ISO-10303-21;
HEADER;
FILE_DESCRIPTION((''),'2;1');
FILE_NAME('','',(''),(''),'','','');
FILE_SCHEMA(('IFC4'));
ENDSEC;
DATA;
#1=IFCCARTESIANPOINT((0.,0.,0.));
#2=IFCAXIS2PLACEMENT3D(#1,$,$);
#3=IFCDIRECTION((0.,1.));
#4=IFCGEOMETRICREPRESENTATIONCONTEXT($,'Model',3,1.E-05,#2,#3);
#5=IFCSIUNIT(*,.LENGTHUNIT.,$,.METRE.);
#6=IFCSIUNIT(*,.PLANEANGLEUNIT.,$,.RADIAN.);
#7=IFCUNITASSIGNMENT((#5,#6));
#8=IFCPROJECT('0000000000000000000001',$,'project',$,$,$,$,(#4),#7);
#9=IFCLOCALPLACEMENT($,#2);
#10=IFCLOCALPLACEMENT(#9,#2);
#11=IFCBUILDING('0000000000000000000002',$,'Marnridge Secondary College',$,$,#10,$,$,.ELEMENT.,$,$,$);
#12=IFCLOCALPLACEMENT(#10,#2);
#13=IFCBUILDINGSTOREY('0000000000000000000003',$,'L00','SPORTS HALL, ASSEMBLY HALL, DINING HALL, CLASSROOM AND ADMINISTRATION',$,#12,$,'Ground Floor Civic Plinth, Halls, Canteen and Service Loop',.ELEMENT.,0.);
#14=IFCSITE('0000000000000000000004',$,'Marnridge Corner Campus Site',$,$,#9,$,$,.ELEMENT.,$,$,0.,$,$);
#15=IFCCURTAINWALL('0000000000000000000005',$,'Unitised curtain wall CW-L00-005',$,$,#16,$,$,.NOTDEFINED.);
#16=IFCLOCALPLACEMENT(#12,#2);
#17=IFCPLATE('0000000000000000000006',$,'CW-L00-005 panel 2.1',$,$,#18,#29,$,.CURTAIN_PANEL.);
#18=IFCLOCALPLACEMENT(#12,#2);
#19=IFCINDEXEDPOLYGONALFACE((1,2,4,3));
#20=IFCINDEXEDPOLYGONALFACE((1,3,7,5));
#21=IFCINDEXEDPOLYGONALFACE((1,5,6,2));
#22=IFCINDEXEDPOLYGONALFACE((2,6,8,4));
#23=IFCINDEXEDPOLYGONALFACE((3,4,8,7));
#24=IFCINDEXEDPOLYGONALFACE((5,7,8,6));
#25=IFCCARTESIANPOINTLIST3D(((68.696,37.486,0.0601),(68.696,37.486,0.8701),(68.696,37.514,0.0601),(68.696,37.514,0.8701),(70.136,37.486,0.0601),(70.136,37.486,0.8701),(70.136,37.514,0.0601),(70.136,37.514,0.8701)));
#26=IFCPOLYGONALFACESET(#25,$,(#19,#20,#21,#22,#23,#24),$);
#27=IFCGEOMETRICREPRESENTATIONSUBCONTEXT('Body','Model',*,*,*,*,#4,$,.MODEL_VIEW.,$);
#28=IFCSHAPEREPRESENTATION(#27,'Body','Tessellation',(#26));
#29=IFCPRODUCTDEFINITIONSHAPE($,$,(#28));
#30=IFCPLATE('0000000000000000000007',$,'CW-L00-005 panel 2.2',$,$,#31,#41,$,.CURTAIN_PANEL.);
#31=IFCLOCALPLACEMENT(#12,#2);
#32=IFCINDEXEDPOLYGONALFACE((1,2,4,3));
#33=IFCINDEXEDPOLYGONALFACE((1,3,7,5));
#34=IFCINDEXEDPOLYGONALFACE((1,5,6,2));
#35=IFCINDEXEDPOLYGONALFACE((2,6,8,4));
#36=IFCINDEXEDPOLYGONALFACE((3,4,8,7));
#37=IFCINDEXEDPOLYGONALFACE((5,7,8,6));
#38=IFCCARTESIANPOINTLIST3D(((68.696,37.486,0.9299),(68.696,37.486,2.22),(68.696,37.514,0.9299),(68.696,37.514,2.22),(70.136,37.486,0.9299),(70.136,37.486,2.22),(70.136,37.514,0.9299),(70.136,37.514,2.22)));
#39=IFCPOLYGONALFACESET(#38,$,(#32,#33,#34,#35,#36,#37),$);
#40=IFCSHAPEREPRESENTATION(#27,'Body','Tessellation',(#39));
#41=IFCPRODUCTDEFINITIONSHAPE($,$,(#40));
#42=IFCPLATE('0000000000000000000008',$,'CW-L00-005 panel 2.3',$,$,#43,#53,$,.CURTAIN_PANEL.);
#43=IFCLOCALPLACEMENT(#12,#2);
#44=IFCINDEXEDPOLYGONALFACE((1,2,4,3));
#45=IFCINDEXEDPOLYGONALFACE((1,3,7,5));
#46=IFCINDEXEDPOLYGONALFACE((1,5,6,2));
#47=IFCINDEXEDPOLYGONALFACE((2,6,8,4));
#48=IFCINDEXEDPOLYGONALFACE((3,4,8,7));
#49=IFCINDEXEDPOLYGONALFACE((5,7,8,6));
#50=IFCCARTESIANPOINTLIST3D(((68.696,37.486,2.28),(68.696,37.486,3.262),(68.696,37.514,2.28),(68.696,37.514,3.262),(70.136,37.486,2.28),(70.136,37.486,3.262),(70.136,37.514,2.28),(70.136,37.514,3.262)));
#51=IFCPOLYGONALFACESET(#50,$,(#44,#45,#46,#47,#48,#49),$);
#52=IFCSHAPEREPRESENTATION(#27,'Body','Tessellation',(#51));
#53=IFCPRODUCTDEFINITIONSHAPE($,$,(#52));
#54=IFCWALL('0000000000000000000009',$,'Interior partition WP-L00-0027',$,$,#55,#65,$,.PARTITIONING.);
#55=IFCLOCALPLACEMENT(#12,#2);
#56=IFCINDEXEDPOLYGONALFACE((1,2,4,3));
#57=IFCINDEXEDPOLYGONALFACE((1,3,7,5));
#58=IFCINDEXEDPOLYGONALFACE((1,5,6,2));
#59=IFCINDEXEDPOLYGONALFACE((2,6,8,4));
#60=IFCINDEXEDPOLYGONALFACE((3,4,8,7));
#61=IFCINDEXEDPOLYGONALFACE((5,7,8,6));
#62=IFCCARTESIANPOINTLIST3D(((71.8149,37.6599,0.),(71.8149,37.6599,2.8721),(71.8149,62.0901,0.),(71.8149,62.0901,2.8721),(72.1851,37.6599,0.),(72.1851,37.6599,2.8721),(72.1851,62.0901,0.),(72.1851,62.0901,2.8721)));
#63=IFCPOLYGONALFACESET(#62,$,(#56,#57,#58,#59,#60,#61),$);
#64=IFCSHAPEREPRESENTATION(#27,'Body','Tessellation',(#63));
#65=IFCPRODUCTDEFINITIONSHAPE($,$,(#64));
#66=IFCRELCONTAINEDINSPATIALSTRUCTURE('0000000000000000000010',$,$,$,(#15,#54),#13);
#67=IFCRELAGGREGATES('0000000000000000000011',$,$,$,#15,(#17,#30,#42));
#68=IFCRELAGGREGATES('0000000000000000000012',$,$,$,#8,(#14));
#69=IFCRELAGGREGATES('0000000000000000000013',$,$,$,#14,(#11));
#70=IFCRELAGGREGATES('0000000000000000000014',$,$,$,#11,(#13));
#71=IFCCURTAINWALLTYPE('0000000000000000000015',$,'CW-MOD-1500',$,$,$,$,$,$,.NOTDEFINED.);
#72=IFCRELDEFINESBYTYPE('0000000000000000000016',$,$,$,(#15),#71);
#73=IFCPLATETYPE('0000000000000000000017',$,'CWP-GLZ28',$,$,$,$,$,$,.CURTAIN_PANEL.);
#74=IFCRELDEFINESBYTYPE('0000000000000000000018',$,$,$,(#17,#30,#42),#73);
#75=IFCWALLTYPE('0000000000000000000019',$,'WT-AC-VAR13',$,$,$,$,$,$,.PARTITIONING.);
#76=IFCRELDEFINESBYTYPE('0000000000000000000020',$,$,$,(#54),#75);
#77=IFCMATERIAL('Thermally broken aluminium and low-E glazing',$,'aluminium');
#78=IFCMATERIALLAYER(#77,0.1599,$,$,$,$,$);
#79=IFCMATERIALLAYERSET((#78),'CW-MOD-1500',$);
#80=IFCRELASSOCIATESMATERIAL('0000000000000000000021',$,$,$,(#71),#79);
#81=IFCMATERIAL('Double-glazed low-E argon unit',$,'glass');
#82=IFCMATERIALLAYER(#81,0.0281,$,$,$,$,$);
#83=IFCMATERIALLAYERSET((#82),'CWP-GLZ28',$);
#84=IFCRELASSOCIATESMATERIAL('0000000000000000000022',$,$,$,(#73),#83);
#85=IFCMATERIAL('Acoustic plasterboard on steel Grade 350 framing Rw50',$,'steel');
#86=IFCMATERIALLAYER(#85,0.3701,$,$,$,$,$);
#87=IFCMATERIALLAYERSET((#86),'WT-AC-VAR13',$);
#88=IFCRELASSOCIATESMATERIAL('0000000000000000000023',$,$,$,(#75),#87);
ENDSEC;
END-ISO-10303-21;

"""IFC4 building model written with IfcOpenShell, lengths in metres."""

from ifc_helpers import new_model, si_unit, direction, frame, frame_2d, origin, origin_2d, place, context, subcontext, project, spatial, rectangle, extrude, material, layer, layer_set, type_object, element, aggregate, save


model = new_model("IFC4")

# Units and contexts
model_context = context("Model", 3, precision=1e-05, world=origin(), true_north=direction((0.0, 1.0)))
body_context = subcontext(model_context, "Body", "Model", "MODEL_VIEW")
ifc_project = project(units=[si_unit("LENGTHUNIT", "METRE"), si_unit("PLANEANGLEUNIT", "RADIAN")], contexts=[model_context])

# Site, building, storey
site_placement = place(None, origin())
site = spatial("IfcSite", under=ifc_project, at=site_placement, Name="Marnridge Corner Campus Site", CompositionType="ELEMENT", RefElevation=0.0)
building_placement = place(site_placement, origin())
building = spatial("IfcBuilding", under=site, at=building_placement, Name="Marnridge Secondary College", CompositionType="ELEMENT")
storey_placement = place(building_placement, origin())
storey = spatial("IfcBuildingStorey", under=building, at=storey_placement, Name="L00", Description="SPORTS HALL, ASSEMBLY HALL, DINING HALL, CLASSROOM AND ADMINISTRATION", LongName="Ground Floor Civic Plinth, Halls, Canteen and Service Loop", CompositionType="ELEMENT", Elevation=0.0)

# Curtain wall, plates
ifc_material_1 = material(Name="Thermally broken aluminium and low-E glazing", Category="aluminium")
ifc_layer_1 = layer(ifc_material_1, 0.1599)
ifc_layer_set_1 = layer_set([ifc_layer_1], Name="CW-MOD-1500")
curtain_wall_type = type_object("IfcCurtainWallType", Name="CW-MOD-1500", PredefinedType="NOTDEFINED", material=ifc_layer_set_1)
curtain_wall_placement = place(storey_placement, origin())
curtain_wall = element("IfcCurtainWall", 1, at=curtain_wall_placement, inside=storey, type_object=curtain_wall_type, Name="Unitised curtain wall CW-L00-005", PredefinedType="NOTDEFINED")
ifc_material_2 = material(Name="Double-glazed low-E argon unit", Category="glass")
ifc_layer_2 = layer(ifc_material_2, 0.0281)
ifc_layer_set_2 = layer_set([ifc_layer_2], Name="CWP-GLZ28")
plate_type = type_object("IfcPlateType", Name="CWP-GLZ28", PredefinedType="CURTAIN_PANEL", material=ifc_layer_set_2)
plate_1_placement = place(storey_placement, frame((69.416, 37.5, 0.0601), z_axis=(0.0, 0.0, 1.0), x_axis=(-1.0, 0.0, 0.0)))
plate_1 = element("IfcPlate", 2, at=plate_1_placement, type_object=plate_type, Name="CW-L00-005 panel 2.1", PredefinedType="CURTAIN_PANEL", context=body_context, shape_type="SweptSolid", body=[
    extrude(rectangle(XDim=1.4399, YDim=0.0281, at=origin_2d()), origin(), (0.0, 0.0, 1.0), 0.8101),
])
plate_2_placement = place(storey_placement, frame((69.416, 37.5, 0.9299), z_axis=(0.0, 0.0, 1.0), x_axis=(-1.0, 0.0, 0.0)))
plate_2 = element("IfcPlate", 3, at=plate_2_placement, type_object=plate_type, Name="CW-L00-005 panel 2.2", PredefinedType="CURTAIN_PANEL", context=body_context, shape_type="SweptSolid", body=[
    extrude(rectangle(XDim=1.4399, YDim=0.0281, at=origin_2d()), origin(), (0.0, 0.0, 1.0), 1.29),
])
plate_3_placement = place(storey_placement, frame((69.416, 37.5, 2.28), z_axis=(0.0, 0.0, 1.0), x_axis=(-1.0, 0.0, 0.0)))
plate_3 = element("IfcPlate", 4, at=plate_3_placement, type_object=plate_type, Name="CW-L00-005 panel 2.3", PredefinedType="CURTAIN_PANEL", context=body_context, shape_type="SweptSolid", body=[
    extrude(rectangle(XDim=1.4399, YDim=0.0281, at=origin_2d()), origin(), (0.0, 0.0, 1.0), 0.9819),
])
aggregate(curtain_wall, [plate_1, plate_2, plate_3])

# Wall
ifc_material_3 = material(Name="Acoustic plasterboard on steel Grade 350 framing Rw50", Category="steel")
ifc_layer_3 = layer(ifc_material_3, 0.3701)
ifc_layer_set_3 = layer_set([ifc_layer_3], Name="WT-AC-VAR13")
wall_type = type_object("IfcWallType", Name="WT-AC-VAR13", PredefinedType="PARTITIONING", material=ifc_layer_set_3)
wall_placement = place(storey_placement, frame((72.0, 37.6599, 0.0), z_axis=(0.0, 0.0, 1.0), x_axis=(0.0, 1.0, 0.0)))
element("IfcWall", 5, at=wall_placement, inside=storey, type_object=wall_type, Name="Interior partition WP-L00-0027", PredefinedType="PARTITIONING", context=body_context, shape_type="SweptSolid", body=[
    extrude(rectangle(XDim=24.4302, YDim=0.3701, at=frame_2d((12.2151, 0.0))), origin(), (0.0, 0.0, 1.0), 2.8721),
])

save(model, "model.ifc")
